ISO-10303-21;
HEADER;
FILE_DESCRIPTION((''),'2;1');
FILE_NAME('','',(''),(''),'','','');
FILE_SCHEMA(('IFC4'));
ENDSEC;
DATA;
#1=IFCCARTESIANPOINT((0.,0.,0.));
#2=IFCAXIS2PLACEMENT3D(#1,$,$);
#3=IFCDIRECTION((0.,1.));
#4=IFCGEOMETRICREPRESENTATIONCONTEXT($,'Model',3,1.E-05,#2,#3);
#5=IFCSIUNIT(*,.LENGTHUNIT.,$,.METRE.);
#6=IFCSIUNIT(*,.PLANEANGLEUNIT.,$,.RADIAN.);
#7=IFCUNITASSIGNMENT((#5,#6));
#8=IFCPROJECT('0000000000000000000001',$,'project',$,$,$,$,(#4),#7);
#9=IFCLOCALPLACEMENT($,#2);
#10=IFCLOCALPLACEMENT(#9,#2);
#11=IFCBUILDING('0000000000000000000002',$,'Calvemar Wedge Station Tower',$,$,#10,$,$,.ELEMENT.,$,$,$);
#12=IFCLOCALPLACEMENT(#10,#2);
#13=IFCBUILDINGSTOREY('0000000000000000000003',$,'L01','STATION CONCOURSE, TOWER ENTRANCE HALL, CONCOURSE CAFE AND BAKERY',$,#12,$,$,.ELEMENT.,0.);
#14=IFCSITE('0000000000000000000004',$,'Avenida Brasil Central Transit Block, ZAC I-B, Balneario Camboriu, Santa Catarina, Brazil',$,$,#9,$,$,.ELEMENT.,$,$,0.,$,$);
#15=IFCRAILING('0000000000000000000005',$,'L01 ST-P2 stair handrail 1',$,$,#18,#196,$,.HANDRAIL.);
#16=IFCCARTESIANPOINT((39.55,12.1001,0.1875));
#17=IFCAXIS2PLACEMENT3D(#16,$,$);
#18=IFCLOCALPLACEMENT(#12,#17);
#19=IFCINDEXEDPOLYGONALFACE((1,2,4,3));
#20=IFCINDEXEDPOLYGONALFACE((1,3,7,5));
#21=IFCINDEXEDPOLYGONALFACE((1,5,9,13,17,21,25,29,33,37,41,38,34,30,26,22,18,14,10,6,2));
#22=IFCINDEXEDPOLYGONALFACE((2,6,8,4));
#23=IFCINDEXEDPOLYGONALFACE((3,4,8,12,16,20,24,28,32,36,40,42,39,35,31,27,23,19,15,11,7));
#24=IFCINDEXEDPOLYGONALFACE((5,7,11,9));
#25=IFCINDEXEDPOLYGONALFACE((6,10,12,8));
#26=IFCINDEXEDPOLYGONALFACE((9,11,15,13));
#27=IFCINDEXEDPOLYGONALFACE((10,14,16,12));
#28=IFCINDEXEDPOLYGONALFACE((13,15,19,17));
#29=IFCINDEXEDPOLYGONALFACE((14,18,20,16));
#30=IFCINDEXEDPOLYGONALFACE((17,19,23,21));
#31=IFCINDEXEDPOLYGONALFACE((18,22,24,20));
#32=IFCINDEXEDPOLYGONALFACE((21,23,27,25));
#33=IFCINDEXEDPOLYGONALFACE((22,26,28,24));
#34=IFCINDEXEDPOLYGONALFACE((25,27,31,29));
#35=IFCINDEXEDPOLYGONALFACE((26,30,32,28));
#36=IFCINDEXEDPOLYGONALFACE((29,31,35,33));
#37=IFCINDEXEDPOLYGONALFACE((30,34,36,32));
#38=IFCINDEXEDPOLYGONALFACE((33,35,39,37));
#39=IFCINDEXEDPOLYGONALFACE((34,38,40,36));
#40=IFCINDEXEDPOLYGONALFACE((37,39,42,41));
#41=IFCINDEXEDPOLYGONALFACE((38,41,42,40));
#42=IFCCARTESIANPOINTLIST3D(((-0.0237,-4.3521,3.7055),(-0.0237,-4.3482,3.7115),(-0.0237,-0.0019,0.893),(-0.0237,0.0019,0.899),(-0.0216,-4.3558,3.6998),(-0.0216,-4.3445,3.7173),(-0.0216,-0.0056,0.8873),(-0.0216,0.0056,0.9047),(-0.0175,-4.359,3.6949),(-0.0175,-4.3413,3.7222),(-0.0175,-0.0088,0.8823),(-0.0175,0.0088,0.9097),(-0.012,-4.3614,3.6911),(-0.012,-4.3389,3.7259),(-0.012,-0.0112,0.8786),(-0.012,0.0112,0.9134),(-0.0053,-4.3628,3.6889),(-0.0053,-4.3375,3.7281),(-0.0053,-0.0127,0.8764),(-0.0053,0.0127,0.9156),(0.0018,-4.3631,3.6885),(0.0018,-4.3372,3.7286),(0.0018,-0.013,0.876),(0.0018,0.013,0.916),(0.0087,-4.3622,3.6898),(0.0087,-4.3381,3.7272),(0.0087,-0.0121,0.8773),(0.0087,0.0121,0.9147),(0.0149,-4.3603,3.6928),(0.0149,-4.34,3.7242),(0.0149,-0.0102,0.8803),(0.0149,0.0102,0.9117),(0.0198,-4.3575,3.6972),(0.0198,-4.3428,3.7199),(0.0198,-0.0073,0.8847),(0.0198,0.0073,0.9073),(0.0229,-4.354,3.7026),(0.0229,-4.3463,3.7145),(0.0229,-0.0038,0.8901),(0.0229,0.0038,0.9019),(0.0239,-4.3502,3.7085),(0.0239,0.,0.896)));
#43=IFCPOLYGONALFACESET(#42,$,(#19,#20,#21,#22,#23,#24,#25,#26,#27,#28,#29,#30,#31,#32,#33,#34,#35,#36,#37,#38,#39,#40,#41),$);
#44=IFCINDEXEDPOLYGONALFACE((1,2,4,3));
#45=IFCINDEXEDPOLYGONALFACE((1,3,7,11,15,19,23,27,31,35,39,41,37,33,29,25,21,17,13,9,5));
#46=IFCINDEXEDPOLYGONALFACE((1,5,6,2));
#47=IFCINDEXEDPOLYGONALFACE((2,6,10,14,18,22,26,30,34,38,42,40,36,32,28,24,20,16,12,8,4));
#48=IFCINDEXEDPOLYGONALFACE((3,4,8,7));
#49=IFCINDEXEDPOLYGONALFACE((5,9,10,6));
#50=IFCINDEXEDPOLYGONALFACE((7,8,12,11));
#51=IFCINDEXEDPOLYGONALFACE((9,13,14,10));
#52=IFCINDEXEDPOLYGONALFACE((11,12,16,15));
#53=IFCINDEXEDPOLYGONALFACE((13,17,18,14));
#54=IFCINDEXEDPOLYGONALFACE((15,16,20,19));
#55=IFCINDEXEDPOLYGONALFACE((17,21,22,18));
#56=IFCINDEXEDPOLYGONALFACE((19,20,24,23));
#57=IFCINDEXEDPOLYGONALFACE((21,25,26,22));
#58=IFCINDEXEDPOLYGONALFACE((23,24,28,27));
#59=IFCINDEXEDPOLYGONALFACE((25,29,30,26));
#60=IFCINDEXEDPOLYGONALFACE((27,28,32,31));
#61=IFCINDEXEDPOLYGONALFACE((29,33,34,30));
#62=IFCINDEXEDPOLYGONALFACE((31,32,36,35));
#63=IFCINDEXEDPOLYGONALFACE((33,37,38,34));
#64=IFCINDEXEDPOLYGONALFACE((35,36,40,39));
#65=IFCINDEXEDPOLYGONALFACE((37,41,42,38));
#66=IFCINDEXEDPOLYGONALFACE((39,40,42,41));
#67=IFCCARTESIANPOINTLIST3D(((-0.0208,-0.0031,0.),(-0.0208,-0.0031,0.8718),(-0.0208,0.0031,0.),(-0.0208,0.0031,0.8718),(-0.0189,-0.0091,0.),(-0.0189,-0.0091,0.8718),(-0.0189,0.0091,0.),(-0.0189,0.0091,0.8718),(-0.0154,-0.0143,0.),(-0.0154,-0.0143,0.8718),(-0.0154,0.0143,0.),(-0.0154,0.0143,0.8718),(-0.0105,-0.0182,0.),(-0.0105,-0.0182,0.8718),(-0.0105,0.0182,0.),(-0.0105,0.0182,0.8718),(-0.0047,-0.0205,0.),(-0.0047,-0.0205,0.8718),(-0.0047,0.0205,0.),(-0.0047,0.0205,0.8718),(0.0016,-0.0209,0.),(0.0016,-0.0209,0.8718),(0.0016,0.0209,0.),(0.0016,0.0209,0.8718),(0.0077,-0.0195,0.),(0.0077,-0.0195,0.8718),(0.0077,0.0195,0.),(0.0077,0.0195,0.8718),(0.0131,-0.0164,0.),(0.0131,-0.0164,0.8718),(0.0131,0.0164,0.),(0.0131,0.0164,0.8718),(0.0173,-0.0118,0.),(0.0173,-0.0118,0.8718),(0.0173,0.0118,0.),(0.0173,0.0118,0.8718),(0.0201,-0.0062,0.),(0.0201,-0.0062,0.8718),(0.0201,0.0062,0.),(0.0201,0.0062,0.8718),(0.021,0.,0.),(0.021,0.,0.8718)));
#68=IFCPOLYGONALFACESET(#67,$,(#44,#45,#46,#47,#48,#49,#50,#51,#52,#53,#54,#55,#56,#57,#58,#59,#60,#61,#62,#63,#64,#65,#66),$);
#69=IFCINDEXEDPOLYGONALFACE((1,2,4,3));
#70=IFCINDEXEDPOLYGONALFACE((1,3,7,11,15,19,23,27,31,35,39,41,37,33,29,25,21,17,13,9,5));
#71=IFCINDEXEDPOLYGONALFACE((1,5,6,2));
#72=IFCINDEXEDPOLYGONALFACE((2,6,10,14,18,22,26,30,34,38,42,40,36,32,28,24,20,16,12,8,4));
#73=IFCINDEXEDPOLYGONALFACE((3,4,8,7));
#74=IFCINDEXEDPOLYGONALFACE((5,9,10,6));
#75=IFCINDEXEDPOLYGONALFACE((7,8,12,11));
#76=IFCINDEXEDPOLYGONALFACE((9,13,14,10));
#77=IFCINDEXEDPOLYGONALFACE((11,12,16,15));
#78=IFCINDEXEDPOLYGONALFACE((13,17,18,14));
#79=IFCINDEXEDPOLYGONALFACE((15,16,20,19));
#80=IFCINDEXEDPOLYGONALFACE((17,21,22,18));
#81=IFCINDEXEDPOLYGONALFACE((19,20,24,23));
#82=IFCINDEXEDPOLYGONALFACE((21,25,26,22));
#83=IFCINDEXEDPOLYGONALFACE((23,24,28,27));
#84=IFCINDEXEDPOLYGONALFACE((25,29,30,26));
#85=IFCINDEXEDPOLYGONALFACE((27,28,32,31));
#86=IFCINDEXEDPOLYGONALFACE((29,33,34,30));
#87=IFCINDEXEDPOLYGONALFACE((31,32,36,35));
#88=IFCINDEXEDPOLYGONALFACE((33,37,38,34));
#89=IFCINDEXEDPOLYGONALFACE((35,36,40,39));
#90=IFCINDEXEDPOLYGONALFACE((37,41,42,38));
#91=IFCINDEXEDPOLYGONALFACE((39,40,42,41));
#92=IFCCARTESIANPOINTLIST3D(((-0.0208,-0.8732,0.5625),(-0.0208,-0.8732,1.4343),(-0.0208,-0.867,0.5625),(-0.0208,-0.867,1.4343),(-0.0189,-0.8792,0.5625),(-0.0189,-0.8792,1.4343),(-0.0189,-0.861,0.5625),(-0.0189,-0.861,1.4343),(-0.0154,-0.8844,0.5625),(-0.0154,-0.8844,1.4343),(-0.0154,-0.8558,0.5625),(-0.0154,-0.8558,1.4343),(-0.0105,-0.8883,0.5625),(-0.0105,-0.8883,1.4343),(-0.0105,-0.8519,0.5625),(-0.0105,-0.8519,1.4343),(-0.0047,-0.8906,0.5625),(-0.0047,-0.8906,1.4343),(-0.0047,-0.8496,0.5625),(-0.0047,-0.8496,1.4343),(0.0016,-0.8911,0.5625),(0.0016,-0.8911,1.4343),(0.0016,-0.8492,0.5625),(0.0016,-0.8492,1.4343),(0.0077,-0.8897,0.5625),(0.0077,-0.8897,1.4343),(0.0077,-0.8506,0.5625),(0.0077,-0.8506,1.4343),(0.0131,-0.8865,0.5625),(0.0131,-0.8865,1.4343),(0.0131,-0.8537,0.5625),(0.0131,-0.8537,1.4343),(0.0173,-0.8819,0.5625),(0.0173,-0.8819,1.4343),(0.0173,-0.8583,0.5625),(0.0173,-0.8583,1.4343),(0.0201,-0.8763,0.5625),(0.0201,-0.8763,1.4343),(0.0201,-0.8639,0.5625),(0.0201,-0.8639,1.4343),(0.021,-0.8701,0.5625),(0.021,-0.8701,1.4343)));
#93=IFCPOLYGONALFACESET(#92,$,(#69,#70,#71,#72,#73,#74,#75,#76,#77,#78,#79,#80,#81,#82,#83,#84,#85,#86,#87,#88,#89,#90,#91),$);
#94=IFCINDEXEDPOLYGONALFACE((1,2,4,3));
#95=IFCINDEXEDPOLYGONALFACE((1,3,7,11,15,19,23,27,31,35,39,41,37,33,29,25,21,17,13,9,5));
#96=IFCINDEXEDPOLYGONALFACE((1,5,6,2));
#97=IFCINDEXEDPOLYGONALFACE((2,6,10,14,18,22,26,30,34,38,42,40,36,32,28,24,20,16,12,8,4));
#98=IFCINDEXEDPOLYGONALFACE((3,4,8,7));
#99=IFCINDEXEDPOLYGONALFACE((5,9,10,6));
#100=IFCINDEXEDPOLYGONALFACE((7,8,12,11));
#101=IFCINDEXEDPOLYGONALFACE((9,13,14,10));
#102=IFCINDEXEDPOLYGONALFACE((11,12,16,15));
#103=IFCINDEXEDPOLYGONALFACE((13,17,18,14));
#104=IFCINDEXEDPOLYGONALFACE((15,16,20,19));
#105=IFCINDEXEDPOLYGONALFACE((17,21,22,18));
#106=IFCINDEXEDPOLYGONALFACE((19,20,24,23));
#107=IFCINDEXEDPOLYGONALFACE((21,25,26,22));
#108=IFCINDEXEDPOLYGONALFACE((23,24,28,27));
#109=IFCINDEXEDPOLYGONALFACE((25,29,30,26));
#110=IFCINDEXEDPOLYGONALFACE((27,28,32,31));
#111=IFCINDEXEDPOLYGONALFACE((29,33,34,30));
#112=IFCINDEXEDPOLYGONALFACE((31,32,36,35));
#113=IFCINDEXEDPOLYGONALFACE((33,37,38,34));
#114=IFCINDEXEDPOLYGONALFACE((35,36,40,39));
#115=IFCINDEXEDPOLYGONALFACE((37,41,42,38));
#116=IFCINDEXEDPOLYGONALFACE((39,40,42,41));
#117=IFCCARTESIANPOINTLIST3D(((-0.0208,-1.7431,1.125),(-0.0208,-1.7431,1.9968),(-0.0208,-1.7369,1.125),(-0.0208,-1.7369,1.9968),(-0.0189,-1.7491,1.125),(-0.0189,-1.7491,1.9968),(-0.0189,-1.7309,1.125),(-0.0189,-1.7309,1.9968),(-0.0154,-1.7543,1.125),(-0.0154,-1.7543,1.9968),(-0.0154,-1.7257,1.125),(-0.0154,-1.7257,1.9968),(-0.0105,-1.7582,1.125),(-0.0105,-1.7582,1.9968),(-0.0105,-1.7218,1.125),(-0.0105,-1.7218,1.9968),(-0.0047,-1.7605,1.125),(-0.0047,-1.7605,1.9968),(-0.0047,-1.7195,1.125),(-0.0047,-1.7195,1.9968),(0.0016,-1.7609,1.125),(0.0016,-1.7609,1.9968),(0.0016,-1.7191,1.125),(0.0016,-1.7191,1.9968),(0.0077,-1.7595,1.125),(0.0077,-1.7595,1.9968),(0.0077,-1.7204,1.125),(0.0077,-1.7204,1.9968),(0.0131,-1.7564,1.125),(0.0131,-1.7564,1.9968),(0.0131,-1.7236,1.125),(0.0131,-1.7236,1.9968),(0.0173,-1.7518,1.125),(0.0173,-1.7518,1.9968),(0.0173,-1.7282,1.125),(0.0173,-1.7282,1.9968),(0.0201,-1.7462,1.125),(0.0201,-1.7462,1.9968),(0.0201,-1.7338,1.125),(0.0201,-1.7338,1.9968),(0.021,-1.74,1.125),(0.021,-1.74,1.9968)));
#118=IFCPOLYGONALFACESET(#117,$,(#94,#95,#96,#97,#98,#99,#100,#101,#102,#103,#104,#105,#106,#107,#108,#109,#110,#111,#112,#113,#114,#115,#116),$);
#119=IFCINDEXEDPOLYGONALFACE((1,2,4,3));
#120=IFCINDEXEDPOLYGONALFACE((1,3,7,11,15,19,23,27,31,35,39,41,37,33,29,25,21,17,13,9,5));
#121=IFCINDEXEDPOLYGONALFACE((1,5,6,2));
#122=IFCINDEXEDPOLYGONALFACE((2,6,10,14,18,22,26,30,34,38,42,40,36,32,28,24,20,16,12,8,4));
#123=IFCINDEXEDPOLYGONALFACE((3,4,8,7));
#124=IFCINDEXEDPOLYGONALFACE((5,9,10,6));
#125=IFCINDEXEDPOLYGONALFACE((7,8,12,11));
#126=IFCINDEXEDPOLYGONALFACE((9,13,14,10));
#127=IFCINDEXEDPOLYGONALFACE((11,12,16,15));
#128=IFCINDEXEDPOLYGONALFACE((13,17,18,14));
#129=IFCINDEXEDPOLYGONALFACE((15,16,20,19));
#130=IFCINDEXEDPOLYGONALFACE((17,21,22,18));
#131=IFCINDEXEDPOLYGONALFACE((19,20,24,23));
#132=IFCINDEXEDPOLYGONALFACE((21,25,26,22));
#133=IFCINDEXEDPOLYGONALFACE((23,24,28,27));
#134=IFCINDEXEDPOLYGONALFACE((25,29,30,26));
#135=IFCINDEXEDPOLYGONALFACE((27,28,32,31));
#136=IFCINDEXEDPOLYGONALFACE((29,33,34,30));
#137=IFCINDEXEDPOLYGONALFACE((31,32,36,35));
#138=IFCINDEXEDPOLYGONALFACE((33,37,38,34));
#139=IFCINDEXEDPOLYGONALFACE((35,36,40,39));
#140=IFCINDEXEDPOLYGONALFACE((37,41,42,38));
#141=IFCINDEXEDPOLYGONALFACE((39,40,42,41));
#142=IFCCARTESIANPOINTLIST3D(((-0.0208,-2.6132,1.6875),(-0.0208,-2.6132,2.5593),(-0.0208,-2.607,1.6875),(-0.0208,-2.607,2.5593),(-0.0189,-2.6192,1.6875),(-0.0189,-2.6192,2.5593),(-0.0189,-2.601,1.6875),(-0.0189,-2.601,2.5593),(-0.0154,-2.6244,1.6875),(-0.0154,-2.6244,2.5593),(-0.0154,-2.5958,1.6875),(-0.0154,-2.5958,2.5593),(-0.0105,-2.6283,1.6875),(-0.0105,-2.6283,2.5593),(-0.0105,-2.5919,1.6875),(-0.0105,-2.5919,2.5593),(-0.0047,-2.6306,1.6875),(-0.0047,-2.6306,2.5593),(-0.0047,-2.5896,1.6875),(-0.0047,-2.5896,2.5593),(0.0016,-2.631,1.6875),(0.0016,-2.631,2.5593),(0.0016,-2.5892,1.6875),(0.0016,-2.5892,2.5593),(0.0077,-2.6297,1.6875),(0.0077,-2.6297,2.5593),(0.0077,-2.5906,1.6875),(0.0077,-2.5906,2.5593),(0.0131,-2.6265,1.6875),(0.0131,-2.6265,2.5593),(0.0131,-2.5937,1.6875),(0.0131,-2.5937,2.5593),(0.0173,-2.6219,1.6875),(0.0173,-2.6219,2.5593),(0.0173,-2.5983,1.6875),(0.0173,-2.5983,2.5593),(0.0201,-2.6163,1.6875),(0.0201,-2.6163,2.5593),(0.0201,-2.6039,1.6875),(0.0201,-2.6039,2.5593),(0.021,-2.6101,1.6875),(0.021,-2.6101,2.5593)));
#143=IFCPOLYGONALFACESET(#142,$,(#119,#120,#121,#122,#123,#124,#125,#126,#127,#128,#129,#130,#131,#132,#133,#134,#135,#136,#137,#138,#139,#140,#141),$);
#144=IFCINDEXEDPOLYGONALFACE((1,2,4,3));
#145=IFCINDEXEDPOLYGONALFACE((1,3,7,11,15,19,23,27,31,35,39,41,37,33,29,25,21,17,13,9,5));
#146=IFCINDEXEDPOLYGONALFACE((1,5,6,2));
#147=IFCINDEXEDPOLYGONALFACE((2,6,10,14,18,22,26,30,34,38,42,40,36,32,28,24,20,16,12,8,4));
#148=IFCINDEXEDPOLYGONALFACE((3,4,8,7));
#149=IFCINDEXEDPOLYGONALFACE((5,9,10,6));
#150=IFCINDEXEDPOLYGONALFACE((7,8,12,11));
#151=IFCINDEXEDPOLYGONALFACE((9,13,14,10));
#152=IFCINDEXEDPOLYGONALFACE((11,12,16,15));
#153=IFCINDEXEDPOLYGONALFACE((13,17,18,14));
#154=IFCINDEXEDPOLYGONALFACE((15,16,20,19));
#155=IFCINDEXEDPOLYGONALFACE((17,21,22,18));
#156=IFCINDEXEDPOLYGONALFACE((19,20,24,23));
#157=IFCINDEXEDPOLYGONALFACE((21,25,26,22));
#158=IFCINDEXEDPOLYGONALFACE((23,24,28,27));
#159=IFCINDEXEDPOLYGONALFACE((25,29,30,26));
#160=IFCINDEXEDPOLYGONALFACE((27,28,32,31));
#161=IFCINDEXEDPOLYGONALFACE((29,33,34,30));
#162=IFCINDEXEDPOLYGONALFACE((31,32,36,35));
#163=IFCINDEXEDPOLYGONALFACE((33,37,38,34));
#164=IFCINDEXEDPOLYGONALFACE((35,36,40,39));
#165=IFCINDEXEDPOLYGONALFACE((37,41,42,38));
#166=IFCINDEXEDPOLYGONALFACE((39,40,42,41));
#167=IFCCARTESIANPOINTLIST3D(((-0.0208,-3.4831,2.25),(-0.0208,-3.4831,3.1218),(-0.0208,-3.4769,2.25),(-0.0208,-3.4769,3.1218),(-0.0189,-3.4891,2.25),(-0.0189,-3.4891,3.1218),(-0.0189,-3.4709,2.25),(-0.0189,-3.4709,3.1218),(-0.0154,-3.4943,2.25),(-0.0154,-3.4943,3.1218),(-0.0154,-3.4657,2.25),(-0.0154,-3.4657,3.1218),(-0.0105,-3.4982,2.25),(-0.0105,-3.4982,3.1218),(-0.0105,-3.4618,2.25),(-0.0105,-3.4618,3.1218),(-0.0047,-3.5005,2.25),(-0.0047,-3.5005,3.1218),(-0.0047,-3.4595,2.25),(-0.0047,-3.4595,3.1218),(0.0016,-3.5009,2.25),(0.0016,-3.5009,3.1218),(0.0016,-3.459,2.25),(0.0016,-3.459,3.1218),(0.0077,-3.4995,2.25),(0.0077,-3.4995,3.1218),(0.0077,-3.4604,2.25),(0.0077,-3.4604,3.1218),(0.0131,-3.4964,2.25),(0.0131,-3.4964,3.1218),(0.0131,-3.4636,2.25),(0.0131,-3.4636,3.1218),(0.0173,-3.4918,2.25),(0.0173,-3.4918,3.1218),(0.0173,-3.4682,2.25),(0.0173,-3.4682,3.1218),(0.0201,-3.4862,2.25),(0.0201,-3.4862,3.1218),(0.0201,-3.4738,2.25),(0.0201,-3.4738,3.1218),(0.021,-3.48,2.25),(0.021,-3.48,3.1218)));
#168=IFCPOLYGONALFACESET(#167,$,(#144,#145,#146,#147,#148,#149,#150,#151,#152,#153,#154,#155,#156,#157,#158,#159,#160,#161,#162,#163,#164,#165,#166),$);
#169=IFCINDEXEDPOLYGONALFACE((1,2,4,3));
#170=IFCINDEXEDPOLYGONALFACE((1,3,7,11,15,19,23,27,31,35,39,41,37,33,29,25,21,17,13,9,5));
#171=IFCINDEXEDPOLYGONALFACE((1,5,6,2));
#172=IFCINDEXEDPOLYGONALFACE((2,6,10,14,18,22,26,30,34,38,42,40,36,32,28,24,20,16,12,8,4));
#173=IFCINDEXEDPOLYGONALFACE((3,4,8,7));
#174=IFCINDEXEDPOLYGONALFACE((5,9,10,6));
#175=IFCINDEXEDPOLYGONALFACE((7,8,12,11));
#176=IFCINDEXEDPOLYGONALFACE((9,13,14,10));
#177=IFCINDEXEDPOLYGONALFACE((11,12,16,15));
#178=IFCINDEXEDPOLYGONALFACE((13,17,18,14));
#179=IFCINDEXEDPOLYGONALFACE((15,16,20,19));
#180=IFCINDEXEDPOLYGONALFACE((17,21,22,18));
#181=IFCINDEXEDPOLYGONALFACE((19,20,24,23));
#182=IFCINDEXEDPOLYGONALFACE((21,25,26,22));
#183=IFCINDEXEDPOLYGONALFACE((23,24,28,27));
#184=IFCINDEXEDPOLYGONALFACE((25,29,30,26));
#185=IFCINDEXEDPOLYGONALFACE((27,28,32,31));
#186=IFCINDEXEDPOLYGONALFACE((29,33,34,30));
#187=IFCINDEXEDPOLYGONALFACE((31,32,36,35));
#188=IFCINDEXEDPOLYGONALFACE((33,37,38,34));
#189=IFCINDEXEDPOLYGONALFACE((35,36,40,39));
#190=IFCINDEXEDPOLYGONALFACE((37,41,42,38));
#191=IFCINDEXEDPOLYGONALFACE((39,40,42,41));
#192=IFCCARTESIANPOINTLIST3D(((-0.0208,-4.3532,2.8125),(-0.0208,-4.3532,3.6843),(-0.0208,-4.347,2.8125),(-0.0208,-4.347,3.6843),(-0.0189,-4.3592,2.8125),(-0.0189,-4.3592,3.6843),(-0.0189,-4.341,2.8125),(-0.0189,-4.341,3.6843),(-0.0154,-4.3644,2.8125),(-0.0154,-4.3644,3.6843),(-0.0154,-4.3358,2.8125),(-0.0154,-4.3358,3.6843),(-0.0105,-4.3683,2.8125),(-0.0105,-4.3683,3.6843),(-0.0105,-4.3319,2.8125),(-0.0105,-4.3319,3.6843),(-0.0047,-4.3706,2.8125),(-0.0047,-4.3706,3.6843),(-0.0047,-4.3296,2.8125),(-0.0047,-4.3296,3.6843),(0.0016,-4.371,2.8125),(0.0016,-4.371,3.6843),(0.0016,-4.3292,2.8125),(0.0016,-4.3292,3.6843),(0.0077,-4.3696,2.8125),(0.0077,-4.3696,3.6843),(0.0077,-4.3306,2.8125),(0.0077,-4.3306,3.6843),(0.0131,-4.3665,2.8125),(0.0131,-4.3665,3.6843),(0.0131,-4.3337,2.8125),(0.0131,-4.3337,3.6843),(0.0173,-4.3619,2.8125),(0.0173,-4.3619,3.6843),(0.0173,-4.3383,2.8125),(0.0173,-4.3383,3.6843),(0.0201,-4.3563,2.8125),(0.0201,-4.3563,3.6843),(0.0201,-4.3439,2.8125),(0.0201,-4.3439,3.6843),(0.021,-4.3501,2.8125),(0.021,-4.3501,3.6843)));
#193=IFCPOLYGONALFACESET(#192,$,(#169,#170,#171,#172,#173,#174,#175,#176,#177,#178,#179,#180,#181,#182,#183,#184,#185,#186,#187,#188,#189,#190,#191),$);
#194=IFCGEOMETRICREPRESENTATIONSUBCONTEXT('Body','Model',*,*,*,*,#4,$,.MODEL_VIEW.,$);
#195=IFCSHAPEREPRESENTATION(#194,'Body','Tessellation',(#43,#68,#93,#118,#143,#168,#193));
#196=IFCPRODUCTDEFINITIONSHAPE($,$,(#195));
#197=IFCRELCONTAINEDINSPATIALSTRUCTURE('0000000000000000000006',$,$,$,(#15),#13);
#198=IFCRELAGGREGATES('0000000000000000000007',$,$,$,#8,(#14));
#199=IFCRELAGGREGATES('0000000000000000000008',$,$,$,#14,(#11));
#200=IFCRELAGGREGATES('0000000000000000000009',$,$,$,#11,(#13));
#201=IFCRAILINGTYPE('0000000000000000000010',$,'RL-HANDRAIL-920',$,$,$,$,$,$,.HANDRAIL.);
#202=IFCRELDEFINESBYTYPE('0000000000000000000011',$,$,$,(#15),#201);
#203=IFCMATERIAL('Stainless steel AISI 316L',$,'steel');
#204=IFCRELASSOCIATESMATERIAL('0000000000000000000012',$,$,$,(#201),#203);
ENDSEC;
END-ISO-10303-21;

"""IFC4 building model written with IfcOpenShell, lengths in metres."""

from ifc_helpers import new_model, si_unit, direction, frame, origin, origin_2d, place, context, subcontext, project, spatial, circle, extrude, material, type_object, element, save


model = new_model("IFC4")

# Units and contexts
model_context = context("Model", 3, precision=1e-05, world=origin(), true_north=direction((0.0, 1.0)))
body_context = subcontext(model_context, "Body", "Model", "MODEL_VIEW")
ifc_project = project(units=[si_unit("LENGTHUNIT", "METRE"), si_unit("PLANEANGLEUNIT", "RADIAN")], contexts=[model_context])

# Site, building, storey
site_placement = place(None, origin())
site = spatial("IfcSite", under=ifc_project, at=site_placement, Name="Avenida Brasil Central Transit Block, ZAC I-B, Balneario Camboriu, Santa Catarina, Brazil", CompositionType="ELEMENT", RefElevation=0.0)
building_placement = place(site_placement, origin())
building = spatial("IfcBuilding", under=site, at=building_placement, Name="Calvemar Wedge Station Tower", CompositionType="ELEMENT")
storey_placement = place(building_placement, origin())
storey = spatial("IfcBuildingStorey", under=building, at=storey_placement, Name="L01", Description="STATION CONCOURSE, TOWER ENTRANCE HALL, CONCOURSE CAFE AND BAKERY", CompositionType="ELEMENT", Elevation=0.0)

# Railing
ifc_material_1 = material(Name="Stainless steel AISI 316L", Category="steel")
railing_type_1 = type_object("IfcRailingType", Name="RL-HANDRAIL-920", PredefinedType="HANDRAIL", material=ifc_material_1)
railing_1_placement = place(storey_placement, frame((39.55, 12.1001, 0.1875)))
element("IfcRailing", 1, at=railing_1_placement, inside=storey, type_object=railing_type_1, Name="L01 ST-P2 stair handrail 1", PredefinedType="HANDRAIL", context=body_context, shape_type="SweptSolid", body=[
    extrude(circle(Radius=0.0239, at=origin_2d()), frame((0.0, 0.0, 0.896), z_axis=(0.0, -0.83977, 0.542942), x_axis=(1.0, 0.0, 0.0)), (0.0, 0.0, 1.0), 5.1802),
    extrude(circle(Radius=0.021, at=origin_2d()), origin(), (0.0, 0.0, 1.0), 0.8718),
    extrude(circle(Radius=0.021, at=origin_2d()), frame((0.0, -0.8701, 0.5625)), (0.0, 0.0, 1.0), 0.8718),
    extrude(circle(Radius=0.021, at=origin_2d()), frame((0.0, -1.74, 1.125)), (0.0, 0.0, 1.0), 0.8718),
    extrude(circle(Radius=0.021, at=origin_2d()), frame((0.0, -2.6101, 1.6875)), (0.0, 0.0, 1.0), 0.8718),
    extrude(circle(Radius=0.021, at=origin_2d()), frame((0.0, -3.48, 2.25)), (0.0, 0.0, 1.0), 0.8718),
    extrude(circle(Radius=0.021, at=origin_2d()), frame((0.0, -4.3501, 2.8125)), (0.0, 0.0, 1.0), 0.8718),
])

save(model, "model.ifc")
